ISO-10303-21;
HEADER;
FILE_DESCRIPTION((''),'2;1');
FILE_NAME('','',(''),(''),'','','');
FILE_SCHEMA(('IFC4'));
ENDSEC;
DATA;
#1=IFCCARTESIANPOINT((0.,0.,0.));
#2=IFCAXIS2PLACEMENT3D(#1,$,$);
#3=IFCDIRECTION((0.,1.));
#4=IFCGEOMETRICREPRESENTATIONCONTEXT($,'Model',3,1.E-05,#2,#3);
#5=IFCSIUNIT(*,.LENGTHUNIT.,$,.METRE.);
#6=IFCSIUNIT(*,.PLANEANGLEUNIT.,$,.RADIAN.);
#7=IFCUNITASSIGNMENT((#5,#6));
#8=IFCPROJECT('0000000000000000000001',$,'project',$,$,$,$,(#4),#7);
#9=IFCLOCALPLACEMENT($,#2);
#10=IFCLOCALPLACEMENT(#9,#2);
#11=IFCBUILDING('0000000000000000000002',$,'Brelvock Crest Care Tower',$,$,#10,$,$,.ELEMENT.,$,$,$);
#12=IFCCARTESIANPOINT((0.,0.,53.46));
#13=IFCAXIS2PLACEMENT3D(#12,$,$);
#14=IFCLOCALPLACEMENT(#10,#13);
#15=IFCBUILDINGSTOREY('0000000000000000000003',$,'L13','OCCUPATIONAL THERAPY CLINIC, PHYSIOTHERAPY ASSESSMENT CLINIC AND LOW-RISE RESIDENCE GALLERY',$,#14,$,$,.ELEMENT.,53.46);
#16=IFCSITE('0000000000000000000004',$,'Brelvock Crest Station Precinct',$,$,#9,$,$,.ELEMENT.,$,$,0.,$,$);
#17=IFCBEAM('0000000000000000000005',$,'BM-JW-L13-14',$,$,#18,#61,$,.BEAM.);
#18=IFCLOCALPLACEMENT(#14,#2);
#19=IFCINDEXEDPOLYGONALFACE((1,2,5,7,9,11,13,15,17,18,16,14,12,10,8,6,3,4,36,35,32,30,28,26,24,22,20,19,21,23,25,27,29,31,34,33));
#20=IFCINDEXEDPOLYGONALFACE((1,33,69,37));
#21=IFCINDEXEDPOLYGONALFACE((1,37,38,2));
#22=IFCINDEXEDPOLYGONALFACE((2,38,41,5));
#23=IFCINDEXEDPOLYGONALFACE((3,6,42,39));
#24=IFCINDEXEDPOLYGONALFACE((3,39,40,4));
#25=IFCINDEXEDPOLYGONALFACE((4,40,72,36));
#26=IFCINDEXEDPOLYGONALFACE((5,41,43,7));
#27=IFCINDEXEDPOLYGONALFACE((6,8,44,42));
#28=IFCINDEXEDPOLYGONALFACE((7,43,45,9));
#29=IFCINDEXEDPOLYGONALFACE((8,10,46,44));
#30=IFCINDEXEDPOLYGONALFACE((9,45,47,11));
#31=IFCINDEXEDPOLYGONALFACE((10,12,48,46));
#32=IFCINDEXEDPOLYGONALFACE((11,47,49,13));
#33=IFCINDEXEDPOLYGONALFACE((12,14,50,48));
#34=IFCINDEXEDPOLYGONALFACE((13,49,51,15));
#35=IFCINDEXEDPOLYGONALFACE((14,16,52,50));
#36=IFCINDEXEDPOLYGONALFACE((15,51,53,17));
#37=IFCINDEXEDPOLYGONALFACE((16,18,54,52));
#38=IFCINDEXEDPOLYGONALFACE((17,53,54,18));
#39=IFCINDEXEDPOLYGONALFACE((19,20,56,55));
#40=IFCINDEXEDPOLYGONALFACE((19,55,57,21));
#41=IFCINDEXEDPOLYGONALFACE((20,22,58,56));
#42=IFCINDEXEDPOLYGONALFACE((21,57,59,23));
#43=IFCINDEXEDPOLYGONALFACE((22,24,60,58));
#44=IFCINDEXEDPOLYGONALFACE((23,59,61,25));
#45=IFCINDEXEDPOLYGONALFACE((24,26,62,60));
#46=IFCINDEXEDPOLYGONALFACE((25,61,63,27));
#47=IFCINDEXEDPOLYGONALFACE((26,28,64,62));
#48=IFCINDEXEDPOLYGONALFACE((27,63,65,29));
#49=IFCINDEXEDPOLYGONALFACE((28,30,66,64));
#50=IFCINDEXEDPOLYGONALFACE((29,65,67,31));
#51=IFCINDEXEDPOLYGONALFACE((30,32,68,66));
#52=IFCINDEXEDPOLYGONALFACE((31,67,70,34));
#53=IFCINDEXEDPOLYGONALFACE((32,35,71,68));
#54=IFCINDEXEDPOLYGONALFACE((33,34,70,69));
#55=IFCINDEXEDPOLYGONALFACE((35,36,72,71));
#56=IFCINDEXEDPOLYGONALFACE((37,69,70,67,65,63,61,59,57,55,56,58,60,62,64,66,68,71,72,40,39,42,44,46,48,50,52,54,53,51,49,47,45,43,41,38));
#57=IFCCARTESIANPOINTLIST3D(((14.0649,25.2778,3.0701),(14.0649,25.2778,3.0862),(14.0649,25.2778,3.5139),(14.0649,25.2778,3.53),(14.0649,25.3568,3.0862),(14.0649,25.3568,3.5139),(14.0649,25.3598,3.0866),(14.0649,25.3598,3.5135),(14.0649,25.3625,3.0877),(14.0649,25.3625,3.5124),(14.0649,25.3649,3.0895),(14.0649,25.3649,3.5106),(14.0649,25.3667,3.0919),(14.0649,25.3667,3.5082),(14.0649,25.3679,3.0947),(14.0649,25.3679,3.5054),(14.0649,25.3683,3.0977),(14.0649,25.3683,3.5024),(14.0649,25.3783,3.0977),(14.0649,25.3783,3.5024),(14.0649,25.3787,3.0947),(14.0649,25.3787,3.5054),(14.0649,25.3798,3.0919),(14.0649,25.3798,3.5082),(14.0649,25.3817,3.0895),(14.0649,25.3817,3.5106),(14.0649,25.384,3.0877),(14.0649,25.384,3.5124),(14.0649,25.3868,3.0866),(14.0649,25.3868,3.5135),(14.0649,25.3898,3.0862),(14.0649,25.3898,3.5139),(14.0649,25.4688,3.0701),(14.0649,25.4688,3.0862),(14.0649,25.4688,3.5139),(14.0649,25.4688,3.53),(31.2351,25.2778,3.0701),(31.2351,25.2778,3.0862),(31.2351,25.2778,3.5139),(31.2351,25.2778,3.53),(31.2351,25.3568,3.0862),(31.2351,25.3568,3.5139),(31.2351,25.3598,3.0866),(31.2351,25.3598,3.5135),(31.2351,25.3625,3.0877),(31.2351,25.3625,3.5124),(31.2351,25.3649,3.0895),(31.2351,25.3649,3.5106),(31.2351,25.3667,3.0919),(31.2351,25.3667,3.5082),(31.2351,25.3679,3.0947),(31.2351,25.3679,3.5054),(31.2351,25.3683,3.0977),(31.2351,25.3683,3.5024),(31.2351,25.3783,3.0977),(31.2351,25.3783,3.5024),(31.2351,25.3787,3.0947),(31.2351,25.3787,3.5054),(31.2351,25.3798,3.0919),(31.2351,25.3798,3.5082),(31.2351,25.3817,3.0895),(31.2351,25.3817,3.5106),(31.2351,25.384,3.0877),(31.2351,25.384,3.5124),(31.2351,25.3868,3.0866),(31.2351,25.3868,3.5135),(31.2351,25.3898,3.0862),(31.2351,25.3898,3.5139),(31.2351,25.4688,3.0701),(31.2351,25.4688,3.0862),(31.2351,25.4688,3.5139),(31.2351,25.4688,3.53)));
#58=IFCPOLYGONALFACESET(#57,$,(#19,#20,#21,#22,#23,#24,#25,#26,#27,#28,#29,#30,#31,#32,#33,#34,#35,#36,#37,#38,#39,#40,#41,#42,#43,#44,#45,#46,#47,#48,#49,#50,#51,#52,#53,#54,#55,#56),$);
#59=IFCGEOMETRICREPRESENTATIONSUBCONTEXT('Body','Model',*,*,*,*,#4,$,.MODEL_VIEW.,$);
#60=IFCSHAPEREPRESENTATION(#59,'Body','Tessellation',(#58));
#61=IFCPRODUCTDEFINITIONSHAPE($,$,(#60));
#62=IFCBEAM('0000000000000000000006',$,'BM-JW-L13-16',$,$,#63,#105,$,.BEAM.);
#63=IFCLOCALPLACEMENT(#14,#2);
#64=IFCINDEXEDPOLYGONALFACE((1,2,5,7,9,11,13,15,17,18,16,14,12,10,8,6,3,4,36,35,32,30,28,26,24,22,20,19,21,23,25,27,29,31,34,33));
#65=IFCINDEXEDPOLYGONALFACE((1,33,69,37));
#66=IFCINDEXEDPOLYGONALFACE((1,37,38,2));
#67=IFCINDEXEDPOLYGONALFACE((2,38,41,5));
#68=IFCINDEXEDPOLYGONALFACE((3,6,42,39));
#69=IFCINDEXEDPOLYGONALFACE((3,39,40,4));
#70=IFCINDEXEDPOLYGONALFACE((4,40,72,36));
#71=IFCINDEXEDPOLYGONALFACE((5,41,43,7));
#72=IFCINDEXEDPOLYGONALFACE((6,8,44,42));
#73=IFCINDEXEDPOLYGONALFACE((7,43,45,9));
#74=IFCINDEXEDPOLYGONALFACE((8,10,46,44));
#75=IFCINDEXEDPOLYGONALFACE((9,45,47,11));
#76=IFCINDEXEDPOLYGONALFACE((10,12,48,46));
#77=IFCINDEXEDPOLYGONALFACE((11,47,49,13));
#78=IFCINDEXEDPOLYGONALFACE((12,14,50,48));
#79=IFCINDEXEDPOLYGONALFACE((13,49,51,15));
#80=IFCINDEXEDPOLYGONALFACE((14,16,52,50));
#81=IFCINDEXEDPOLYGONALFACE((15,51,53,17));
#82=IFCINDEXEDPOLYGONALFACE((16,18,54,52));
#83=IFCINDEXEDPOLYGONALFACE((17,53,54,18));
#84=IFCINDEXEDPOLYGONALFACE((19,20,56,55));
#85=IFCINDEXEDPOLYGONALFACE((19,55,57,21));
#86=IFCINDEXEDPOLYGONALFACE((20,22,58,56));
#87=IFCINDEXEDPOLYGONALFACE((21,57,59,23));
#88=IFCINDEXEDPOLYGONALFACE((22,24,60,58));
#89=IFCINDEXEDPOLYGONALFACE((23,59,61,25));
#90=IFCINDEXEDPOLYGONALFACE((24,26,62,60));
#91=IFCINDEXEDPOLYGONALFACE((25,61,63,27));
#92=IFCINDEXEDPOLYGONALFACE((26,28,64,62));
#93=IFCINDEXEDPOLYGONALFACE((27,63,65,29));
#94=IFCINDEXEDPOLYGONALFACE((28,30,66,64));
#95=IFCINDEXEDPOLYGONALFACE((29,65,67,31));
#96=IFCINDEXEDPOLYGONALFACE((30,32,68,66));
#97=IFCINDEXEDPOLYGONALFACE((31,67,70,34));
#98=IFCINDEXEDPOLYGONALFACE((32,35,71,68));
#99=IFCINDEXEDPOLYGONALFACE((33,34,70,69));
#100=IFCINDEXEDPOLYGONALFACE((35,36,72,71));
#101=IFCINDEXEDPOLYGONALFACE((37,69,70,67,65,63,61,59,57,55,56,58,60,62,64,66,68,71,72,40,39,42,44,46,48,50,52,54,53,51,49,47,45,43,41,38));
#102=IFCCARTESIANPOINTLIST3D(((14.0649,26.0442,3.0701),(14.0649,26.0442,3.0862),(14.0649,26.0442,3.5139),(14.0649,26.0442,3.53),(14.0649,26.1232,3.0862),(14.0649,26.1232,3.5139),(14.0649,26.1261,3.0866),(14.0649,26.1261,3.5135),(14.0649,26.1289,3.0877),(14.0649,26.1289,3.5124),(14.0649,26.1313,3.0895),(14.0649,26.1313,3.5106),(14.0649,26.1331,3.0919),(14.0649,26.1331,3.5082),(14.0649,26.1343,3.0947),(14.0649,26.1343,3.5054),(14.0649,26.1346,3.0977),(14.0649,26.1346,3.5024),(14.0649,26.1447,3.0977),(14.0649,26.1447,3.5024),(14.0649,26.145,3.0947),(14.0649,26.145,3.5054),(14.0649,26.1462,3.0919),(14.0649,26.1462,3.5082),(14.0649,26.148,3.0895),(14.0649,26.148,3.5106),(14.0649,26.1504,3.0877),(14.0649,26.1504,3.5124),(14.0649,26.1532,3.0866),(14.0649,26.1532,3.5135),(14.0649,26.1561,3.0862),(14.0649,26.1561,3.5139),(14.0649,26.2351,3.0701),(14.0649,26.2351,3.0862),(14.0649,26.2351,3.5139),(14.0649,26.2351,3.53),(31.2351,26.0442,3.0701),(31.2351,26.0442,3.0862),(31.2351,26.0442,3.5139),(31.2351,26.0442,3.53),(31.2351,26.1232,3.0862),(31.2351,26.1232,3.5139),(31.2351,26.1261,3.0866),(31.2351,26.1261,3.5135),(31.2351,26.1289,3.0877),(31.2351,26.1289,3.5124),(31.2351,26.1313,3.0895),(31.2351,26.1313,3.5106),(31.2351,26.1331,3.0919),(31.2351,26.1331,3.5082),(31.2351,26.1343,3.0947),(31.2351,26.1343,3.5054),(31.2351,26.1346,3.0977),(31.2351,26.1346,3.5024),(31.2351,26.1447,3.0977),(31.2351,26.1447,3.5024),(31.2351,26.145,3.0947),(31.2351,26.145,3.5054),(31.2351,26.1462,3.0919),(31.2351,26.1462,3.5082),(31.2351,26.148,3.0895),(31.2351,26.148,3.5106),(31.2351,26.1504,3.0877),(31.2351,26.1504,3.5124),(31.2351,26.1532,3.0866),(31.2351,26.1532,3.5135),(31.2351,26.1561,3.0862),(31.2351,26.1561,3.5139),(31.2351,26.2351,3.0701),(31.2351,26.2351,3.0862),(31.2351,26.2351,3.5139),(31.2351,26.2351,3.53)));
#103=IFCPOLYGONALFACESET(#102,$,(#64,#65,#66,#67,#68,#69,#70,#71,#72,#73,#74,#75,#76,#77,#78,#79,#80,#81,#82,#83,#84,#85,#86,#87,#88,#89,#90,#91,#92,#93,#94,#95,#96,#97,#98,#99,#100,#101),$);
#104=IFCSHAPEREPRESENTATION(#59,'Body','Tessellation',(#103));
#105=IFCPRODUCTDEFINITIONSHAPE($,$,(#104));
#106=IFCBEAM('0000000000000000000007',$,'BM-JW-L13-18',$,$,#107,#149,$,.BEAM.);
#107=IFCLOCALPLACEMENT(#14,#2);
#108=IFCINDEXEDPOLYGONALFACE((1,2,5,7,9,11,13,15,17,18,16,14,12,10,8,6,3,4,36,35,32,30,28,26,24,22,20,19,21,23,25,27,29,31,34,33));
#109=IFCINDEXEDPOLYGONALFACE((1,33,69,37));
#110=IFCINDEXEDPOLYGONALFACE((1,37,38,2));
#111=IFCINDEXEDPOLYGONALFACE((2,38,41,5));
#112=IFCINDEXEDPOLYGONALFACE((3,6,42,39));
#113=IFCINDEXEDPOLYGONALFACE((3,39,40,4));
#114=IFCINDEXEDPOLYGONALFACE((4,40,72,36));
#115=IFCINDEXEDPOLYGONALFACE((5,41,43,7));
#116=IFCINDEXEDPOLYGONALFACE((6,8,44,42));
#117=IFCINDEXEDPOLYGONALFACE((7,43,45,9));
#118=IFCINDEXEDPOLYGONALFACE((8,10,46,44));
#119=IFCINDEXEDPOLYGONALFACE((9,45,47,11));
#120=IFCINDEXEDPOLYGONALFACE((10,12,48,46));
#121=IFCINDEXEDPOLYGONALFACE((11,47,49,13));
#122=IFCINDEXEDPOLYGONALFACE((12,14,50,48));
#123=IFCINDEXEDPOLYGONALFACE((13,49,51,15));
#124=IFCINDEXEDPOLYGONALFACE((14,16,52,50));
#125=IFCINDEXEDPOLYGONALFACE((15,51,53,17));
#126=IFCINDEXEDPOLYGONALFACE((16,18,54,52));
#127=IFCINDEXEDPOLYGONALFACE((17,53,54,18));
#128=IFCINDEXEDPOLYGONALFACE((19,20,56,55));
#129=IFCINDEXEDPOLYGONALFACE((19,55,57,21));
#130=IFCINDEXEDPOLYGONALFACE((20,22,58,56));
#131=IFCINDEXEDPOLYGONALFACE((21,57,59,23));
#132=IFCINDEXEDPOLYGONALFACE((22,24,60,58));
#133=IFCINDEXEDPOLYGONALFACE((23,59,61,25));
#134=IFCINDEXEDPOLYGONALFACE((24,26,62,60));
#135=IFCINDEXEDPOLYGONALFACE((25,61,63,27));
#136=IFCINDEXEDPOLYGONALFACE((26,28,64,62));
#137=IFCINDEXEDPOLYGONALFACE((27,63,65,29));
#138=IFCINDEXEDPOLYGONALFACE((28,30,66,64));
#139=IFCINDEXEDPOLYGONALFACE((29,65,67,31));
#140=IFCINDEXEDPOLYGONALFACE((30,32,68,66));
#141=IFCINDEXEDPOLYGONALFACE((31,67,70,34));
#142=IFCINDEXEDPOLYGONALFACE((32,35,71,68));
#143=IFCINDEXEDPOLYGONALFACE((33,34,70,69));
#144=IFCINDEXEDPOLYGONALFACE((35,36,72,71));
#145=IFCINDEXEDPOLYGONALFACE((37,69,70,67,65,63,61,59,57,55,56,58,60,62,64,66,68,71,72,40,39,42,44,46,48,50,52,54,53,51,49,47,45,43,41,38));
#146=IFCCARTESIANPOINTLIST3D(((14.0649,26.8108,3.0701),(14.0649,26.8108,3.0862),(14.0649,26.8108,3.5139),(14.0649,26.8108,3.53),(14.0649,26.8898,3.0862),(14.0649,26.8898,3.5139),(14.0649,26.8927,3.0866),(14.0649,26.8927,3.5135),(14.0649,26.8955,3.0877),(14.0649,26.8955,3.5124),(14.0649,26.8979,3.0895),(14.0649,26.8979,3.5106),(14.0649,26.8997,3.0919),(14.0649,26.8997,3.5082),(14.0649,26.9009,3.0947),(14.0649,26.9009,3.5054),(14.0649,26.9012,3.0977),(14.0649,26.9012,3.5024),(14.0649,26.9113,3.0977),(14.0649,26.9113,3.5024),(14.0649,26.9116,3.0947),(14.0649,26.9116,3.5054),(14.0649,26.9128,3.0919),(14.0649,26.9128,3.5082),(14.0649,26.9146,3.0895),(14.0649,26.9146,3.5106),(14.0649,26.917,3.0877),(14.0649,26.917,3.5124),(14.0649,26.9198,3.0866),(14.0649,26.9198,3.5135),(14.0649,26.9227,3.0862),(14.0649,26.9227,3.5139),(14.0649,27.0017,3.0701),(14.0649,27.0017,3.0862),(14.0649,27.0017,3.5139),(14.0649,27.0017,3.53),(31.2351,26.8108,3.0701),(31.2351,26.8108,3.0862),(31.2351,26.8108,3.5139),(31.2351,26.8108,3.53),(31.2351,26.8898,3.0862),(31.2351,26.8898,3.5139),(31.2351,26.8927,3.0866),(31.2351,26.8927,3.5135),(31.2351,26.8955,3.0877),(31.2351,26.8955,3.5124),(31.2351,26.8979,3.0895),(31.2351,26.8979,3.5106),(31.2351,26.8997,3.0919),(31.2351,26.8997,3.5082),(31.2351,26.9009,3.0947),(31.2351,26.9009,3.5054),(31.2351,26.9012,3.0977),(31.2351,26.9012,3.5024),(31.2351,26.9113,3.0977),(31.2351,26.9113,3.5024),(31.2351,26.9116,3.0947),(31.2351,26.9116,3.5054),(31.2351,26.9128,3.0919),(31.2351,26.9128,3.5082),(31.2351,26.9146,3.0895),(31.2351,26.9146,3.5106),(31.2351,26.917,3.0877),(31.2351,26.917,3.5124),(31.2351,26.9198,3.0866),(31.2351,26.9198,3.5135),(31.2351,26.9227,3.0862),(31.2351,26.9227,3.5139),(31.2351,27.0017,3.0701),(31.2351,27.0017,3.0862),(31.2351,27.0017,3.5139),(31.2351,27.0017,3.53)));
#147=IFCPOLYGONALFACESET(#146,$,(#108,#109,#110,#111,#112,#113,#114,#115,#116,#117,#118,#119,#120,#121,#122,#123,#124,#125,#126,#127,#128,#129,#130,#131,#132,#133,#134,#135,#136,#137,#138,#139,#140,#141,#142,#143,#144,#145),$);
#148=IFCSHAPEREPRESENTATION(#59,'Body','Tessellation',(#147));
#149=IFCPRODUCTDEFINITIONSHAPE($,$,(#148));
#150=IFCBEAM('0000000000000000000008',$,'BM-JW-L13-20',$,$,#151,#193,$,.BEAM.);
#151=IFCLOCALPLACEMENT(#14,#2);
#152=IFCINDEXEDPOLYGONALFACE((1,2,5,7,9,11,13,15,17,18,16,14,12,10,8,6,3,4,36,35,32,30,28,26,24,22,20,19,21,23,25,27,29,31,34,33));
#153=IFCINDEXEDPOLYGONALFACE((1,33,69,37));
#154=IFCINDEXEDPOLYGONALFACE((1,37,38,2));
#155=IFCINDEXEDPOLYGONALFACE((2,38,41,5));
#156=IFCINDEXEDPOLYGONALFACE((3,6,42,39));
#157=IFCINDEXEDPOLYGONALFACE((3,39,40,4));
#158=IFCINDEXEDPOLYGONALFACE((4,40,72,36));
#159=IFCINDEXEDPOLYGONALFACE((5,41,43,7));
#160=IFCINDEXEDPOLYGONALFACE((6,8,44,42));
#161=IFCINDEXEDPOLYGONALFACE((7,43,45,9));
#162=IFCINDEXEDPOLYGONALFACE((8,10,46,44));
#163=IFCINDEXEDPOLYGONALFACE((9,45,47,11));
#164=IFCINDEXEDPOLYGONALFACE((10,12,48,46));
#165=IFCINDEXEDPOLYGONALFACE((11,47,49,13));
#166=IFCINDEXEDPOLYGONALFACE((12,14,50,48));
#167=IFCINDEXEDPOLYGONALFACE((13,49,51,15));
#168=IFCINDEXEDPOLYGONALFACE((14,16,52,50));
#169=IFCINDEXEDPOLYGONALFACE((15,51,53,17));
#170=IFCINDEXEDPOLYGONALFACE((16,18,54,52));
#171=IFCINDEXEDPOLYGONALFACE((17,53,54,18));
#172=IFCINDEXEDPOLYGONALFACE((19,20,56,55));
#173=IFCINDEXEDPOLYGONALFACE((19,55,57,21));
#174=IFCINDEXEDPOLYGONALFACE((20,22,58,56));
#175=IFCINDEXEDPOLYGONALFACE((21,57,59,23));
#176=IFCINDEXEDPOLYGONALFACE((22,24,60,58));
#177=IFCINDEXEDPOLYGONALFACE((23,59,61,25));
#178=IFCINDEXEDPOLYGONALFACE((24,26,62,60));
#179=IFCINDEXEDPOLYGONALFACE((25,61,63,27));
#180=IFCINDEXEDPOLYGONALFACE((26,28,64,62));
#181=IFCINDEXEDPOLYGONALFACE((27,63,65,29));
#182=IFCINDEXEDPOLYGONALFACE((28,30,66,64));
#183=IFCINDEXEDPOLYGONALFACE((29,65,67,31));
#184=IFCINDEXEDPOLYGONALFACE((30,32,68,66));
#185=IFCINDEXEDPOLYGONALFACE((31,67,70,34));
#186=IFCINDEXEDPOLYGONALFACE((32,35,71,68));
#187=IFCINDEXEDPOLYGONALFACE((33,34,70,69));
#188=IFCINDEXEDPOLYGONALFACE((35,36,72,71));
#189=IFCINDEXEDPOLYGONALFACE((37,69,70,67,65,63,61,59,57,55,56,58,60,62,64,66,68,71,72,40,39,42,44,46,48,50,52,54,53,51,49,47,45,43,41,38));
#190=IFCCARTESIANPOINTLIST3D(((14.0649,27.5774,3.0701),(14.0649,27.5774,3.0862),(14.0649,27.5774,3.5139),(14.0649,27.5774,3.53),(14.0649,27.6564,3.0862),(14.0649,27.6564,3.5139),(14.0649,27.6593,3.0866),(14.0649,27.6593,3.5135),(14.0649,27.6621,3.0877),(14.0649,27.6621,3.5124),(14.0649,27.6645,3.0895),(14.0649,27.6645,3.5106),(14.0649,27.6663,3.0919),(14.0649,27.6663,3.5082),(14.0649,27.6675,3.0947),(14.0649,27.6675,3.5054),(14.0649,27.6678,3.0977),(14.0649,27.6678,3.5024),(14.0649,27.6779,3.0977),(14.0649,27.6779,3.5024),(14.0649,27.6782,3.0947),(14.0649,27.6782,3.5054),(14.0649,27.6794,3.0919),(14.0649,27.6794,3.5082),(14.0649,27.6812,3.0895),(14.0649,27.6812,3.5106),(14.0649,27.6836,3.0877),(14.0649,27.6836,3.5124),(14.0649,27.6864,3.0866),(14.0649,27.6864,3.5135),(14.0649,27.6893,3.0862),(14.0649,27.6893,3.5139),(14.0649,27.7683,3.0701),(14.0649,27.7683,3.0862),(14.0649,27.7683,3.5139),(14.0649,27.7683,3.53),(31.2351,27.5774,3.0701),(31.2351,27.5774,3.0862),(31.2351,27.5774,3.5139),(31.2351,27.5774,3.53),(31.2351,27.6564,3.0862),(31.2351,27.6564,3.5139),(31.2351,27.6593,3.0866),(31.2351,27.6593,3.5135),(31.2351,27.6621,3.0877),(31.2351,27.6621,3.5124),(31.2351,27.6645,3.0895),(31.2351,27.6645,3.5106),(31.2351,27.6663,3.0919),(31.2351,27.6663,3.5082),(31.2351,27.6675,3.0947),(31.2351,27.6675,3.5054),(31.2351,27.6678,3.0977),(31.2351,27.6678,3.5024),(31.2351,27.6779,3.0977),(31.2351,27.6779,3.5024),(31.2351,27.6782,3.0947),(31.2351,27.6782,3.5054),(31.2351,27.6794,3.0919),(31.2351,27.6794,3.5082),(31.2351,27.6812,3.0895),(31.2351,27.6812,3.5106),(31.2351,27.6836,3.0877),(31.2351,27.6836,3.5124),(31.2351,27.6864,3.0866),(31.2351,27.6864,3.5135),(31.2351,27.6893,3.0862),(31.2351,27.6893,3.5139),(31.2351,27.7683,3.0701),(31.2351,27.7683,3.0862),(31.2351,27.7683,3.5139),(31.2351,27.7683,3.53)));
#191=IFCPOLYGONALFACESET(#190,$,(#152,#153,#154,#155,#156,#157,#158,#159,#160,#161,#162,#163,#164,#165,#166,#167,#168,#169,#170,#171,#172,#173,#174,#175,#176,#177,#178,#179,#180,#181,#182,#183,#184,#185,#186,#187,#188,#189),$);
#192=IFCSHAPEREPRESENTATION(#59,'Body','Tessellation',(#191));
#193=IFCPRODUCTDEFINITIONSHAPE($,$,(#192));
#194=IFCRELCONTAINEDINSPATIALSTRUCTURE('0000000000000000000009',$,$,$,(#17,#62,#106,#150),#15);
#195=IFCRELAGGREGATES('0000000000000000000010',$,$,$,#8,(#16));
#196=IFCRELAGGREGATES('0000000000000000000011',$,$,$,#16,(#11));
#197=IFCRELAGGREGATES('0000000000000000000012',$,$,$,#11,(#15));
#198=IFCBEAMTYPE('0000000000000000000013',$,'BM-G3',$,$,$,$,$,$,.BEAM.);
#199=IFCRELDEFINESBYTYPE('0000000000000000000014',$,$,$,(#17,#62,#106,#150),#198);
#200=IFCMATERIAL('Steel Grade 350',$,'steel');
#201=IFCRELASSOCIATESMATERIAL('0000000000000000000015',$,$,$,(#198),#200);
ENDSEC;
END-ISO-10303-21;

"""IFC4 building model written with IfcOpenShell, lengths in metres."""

from ifc_helpers import new_model, si_unit, direction, frame, origin, origin_2d, place, context, subcontext, project, spatial, i_section, extrude, source, transform, mapped, material, material_profile, profile_set, type_object, element, save


model = new_model("IFC4")

# Units and contexts
model_context = context("Model", 3, precision=1e-05, world=origin(), true_north=direction((0.0, 1.0)))
body_context = subcontext(model_context, "Body", "Model", "MODEL_VIEW")
ifc_project = project(units=[si_unit("LENGTHUNIT", "METRE"), si_unit("PLANEANGLEUNIT", "RADIAN")], contexts=[model_context])

# Site, building, storey
site_placement = place(None, origin())
site = spatial("IfcSite", under=ifc_project, at=site_placement, Name="Brelvock Crest Station Precinct", CompositionType="ELEMENT", RefElevation=0.0)
building_placement = place(site_placement, origin())
building = spatial("IfcBuilding", under=site, at=building_placement, Name="Brelvock Crest Care Tower", CompositionType="ELEMENT")
storey_placement = place(building_placement, frame((0.0, 0.0, 53.46)))
storey = spatial("IfcBuildingStorey", under=building, at=storey_placement, Name="L13", Description="OCCUPATIONAL THERAPY CLINIC, PHYSIOTHERAPY ASSESSMENT CLINIC AND LOW-RISE RESIDENCE GALLERY", CompositionType="ELEMENT", Elevation=53.46)

# Beams
ifc_material_1 = material(Name="Steel Grade 350", Category="steel")
ifc_material_profile_1 = material_profile(ifc_material_1, i_section(OverallWidth=0.1909, OverallDepth=0.46, WebThickness=0.01, FlangeThickness=0.0161, FilletRadius=0.0115, at=origin_2d()), Name="460UB82.1")
ifc_profile_set_1 = profile_set([ifc_material_profile_1], Name="Steel Grade 350")
beam_type_1 = type_object("IfcBeamType", Name="BM-G3", PredefinedType="BEAM", material=ifc_profile_set_1)
shared_shape_1 = source(origin(), body_context, "Body", "SweptSolid", [
    extrude(i_section(OverallWidth=0.1909, OverallDepth=0.46, WebThickness=0.01, FlangeThickness=0.0161, FilletRadius=0.0115, at=origin_2d()), origin(), (0.0, 0.0, 1.0), 17.1702),
])
for number, where, z_axis, x_axis, name in (
    (1, (14.0649, 25.3733, 3.3), (1.0, 0.0, 0.0), (0.0, 1.0, 0.0), "BM-JW-L13-14"),
    (2, (14.0649, 26.1396, 3.3), (1.0, 0.0, 0.0), (0.0, 1.0, 0.0), "BM-JW-L13-16"),
    (3, (14.0649, 26.9062, 3.3), (1.0, 0.0, 0.0), (0.0, 1.0, 0.0), "BM-JW-L13-18"),
    (4, (14.0649, 27.6729, 3.3), (1.0, 0.0, 0.0), (0.0, 1.0, 0.0), "BM-JW-L13-20"),
):
    element("IfcBeam", number, at=place(storey_placement, frame(where, z_axis=z_axis, x_axis=x_axis)), inside=storey, type_object=beam_type_1, Name=name, PredefinedType="BEAM", context=body_context, shape_type="MappedRepresentation", body=[
        mapped(shared_shape_1, transform((0.0, 0.0, 0.0), x_axis=(1.0, 0.0, 0.0), y_axis=(0.0, 1.0, 0.0), z_axis=(0.0, 0.0, 1.0), scale=1.0)),
    ])

save(model, "model.ifc")
